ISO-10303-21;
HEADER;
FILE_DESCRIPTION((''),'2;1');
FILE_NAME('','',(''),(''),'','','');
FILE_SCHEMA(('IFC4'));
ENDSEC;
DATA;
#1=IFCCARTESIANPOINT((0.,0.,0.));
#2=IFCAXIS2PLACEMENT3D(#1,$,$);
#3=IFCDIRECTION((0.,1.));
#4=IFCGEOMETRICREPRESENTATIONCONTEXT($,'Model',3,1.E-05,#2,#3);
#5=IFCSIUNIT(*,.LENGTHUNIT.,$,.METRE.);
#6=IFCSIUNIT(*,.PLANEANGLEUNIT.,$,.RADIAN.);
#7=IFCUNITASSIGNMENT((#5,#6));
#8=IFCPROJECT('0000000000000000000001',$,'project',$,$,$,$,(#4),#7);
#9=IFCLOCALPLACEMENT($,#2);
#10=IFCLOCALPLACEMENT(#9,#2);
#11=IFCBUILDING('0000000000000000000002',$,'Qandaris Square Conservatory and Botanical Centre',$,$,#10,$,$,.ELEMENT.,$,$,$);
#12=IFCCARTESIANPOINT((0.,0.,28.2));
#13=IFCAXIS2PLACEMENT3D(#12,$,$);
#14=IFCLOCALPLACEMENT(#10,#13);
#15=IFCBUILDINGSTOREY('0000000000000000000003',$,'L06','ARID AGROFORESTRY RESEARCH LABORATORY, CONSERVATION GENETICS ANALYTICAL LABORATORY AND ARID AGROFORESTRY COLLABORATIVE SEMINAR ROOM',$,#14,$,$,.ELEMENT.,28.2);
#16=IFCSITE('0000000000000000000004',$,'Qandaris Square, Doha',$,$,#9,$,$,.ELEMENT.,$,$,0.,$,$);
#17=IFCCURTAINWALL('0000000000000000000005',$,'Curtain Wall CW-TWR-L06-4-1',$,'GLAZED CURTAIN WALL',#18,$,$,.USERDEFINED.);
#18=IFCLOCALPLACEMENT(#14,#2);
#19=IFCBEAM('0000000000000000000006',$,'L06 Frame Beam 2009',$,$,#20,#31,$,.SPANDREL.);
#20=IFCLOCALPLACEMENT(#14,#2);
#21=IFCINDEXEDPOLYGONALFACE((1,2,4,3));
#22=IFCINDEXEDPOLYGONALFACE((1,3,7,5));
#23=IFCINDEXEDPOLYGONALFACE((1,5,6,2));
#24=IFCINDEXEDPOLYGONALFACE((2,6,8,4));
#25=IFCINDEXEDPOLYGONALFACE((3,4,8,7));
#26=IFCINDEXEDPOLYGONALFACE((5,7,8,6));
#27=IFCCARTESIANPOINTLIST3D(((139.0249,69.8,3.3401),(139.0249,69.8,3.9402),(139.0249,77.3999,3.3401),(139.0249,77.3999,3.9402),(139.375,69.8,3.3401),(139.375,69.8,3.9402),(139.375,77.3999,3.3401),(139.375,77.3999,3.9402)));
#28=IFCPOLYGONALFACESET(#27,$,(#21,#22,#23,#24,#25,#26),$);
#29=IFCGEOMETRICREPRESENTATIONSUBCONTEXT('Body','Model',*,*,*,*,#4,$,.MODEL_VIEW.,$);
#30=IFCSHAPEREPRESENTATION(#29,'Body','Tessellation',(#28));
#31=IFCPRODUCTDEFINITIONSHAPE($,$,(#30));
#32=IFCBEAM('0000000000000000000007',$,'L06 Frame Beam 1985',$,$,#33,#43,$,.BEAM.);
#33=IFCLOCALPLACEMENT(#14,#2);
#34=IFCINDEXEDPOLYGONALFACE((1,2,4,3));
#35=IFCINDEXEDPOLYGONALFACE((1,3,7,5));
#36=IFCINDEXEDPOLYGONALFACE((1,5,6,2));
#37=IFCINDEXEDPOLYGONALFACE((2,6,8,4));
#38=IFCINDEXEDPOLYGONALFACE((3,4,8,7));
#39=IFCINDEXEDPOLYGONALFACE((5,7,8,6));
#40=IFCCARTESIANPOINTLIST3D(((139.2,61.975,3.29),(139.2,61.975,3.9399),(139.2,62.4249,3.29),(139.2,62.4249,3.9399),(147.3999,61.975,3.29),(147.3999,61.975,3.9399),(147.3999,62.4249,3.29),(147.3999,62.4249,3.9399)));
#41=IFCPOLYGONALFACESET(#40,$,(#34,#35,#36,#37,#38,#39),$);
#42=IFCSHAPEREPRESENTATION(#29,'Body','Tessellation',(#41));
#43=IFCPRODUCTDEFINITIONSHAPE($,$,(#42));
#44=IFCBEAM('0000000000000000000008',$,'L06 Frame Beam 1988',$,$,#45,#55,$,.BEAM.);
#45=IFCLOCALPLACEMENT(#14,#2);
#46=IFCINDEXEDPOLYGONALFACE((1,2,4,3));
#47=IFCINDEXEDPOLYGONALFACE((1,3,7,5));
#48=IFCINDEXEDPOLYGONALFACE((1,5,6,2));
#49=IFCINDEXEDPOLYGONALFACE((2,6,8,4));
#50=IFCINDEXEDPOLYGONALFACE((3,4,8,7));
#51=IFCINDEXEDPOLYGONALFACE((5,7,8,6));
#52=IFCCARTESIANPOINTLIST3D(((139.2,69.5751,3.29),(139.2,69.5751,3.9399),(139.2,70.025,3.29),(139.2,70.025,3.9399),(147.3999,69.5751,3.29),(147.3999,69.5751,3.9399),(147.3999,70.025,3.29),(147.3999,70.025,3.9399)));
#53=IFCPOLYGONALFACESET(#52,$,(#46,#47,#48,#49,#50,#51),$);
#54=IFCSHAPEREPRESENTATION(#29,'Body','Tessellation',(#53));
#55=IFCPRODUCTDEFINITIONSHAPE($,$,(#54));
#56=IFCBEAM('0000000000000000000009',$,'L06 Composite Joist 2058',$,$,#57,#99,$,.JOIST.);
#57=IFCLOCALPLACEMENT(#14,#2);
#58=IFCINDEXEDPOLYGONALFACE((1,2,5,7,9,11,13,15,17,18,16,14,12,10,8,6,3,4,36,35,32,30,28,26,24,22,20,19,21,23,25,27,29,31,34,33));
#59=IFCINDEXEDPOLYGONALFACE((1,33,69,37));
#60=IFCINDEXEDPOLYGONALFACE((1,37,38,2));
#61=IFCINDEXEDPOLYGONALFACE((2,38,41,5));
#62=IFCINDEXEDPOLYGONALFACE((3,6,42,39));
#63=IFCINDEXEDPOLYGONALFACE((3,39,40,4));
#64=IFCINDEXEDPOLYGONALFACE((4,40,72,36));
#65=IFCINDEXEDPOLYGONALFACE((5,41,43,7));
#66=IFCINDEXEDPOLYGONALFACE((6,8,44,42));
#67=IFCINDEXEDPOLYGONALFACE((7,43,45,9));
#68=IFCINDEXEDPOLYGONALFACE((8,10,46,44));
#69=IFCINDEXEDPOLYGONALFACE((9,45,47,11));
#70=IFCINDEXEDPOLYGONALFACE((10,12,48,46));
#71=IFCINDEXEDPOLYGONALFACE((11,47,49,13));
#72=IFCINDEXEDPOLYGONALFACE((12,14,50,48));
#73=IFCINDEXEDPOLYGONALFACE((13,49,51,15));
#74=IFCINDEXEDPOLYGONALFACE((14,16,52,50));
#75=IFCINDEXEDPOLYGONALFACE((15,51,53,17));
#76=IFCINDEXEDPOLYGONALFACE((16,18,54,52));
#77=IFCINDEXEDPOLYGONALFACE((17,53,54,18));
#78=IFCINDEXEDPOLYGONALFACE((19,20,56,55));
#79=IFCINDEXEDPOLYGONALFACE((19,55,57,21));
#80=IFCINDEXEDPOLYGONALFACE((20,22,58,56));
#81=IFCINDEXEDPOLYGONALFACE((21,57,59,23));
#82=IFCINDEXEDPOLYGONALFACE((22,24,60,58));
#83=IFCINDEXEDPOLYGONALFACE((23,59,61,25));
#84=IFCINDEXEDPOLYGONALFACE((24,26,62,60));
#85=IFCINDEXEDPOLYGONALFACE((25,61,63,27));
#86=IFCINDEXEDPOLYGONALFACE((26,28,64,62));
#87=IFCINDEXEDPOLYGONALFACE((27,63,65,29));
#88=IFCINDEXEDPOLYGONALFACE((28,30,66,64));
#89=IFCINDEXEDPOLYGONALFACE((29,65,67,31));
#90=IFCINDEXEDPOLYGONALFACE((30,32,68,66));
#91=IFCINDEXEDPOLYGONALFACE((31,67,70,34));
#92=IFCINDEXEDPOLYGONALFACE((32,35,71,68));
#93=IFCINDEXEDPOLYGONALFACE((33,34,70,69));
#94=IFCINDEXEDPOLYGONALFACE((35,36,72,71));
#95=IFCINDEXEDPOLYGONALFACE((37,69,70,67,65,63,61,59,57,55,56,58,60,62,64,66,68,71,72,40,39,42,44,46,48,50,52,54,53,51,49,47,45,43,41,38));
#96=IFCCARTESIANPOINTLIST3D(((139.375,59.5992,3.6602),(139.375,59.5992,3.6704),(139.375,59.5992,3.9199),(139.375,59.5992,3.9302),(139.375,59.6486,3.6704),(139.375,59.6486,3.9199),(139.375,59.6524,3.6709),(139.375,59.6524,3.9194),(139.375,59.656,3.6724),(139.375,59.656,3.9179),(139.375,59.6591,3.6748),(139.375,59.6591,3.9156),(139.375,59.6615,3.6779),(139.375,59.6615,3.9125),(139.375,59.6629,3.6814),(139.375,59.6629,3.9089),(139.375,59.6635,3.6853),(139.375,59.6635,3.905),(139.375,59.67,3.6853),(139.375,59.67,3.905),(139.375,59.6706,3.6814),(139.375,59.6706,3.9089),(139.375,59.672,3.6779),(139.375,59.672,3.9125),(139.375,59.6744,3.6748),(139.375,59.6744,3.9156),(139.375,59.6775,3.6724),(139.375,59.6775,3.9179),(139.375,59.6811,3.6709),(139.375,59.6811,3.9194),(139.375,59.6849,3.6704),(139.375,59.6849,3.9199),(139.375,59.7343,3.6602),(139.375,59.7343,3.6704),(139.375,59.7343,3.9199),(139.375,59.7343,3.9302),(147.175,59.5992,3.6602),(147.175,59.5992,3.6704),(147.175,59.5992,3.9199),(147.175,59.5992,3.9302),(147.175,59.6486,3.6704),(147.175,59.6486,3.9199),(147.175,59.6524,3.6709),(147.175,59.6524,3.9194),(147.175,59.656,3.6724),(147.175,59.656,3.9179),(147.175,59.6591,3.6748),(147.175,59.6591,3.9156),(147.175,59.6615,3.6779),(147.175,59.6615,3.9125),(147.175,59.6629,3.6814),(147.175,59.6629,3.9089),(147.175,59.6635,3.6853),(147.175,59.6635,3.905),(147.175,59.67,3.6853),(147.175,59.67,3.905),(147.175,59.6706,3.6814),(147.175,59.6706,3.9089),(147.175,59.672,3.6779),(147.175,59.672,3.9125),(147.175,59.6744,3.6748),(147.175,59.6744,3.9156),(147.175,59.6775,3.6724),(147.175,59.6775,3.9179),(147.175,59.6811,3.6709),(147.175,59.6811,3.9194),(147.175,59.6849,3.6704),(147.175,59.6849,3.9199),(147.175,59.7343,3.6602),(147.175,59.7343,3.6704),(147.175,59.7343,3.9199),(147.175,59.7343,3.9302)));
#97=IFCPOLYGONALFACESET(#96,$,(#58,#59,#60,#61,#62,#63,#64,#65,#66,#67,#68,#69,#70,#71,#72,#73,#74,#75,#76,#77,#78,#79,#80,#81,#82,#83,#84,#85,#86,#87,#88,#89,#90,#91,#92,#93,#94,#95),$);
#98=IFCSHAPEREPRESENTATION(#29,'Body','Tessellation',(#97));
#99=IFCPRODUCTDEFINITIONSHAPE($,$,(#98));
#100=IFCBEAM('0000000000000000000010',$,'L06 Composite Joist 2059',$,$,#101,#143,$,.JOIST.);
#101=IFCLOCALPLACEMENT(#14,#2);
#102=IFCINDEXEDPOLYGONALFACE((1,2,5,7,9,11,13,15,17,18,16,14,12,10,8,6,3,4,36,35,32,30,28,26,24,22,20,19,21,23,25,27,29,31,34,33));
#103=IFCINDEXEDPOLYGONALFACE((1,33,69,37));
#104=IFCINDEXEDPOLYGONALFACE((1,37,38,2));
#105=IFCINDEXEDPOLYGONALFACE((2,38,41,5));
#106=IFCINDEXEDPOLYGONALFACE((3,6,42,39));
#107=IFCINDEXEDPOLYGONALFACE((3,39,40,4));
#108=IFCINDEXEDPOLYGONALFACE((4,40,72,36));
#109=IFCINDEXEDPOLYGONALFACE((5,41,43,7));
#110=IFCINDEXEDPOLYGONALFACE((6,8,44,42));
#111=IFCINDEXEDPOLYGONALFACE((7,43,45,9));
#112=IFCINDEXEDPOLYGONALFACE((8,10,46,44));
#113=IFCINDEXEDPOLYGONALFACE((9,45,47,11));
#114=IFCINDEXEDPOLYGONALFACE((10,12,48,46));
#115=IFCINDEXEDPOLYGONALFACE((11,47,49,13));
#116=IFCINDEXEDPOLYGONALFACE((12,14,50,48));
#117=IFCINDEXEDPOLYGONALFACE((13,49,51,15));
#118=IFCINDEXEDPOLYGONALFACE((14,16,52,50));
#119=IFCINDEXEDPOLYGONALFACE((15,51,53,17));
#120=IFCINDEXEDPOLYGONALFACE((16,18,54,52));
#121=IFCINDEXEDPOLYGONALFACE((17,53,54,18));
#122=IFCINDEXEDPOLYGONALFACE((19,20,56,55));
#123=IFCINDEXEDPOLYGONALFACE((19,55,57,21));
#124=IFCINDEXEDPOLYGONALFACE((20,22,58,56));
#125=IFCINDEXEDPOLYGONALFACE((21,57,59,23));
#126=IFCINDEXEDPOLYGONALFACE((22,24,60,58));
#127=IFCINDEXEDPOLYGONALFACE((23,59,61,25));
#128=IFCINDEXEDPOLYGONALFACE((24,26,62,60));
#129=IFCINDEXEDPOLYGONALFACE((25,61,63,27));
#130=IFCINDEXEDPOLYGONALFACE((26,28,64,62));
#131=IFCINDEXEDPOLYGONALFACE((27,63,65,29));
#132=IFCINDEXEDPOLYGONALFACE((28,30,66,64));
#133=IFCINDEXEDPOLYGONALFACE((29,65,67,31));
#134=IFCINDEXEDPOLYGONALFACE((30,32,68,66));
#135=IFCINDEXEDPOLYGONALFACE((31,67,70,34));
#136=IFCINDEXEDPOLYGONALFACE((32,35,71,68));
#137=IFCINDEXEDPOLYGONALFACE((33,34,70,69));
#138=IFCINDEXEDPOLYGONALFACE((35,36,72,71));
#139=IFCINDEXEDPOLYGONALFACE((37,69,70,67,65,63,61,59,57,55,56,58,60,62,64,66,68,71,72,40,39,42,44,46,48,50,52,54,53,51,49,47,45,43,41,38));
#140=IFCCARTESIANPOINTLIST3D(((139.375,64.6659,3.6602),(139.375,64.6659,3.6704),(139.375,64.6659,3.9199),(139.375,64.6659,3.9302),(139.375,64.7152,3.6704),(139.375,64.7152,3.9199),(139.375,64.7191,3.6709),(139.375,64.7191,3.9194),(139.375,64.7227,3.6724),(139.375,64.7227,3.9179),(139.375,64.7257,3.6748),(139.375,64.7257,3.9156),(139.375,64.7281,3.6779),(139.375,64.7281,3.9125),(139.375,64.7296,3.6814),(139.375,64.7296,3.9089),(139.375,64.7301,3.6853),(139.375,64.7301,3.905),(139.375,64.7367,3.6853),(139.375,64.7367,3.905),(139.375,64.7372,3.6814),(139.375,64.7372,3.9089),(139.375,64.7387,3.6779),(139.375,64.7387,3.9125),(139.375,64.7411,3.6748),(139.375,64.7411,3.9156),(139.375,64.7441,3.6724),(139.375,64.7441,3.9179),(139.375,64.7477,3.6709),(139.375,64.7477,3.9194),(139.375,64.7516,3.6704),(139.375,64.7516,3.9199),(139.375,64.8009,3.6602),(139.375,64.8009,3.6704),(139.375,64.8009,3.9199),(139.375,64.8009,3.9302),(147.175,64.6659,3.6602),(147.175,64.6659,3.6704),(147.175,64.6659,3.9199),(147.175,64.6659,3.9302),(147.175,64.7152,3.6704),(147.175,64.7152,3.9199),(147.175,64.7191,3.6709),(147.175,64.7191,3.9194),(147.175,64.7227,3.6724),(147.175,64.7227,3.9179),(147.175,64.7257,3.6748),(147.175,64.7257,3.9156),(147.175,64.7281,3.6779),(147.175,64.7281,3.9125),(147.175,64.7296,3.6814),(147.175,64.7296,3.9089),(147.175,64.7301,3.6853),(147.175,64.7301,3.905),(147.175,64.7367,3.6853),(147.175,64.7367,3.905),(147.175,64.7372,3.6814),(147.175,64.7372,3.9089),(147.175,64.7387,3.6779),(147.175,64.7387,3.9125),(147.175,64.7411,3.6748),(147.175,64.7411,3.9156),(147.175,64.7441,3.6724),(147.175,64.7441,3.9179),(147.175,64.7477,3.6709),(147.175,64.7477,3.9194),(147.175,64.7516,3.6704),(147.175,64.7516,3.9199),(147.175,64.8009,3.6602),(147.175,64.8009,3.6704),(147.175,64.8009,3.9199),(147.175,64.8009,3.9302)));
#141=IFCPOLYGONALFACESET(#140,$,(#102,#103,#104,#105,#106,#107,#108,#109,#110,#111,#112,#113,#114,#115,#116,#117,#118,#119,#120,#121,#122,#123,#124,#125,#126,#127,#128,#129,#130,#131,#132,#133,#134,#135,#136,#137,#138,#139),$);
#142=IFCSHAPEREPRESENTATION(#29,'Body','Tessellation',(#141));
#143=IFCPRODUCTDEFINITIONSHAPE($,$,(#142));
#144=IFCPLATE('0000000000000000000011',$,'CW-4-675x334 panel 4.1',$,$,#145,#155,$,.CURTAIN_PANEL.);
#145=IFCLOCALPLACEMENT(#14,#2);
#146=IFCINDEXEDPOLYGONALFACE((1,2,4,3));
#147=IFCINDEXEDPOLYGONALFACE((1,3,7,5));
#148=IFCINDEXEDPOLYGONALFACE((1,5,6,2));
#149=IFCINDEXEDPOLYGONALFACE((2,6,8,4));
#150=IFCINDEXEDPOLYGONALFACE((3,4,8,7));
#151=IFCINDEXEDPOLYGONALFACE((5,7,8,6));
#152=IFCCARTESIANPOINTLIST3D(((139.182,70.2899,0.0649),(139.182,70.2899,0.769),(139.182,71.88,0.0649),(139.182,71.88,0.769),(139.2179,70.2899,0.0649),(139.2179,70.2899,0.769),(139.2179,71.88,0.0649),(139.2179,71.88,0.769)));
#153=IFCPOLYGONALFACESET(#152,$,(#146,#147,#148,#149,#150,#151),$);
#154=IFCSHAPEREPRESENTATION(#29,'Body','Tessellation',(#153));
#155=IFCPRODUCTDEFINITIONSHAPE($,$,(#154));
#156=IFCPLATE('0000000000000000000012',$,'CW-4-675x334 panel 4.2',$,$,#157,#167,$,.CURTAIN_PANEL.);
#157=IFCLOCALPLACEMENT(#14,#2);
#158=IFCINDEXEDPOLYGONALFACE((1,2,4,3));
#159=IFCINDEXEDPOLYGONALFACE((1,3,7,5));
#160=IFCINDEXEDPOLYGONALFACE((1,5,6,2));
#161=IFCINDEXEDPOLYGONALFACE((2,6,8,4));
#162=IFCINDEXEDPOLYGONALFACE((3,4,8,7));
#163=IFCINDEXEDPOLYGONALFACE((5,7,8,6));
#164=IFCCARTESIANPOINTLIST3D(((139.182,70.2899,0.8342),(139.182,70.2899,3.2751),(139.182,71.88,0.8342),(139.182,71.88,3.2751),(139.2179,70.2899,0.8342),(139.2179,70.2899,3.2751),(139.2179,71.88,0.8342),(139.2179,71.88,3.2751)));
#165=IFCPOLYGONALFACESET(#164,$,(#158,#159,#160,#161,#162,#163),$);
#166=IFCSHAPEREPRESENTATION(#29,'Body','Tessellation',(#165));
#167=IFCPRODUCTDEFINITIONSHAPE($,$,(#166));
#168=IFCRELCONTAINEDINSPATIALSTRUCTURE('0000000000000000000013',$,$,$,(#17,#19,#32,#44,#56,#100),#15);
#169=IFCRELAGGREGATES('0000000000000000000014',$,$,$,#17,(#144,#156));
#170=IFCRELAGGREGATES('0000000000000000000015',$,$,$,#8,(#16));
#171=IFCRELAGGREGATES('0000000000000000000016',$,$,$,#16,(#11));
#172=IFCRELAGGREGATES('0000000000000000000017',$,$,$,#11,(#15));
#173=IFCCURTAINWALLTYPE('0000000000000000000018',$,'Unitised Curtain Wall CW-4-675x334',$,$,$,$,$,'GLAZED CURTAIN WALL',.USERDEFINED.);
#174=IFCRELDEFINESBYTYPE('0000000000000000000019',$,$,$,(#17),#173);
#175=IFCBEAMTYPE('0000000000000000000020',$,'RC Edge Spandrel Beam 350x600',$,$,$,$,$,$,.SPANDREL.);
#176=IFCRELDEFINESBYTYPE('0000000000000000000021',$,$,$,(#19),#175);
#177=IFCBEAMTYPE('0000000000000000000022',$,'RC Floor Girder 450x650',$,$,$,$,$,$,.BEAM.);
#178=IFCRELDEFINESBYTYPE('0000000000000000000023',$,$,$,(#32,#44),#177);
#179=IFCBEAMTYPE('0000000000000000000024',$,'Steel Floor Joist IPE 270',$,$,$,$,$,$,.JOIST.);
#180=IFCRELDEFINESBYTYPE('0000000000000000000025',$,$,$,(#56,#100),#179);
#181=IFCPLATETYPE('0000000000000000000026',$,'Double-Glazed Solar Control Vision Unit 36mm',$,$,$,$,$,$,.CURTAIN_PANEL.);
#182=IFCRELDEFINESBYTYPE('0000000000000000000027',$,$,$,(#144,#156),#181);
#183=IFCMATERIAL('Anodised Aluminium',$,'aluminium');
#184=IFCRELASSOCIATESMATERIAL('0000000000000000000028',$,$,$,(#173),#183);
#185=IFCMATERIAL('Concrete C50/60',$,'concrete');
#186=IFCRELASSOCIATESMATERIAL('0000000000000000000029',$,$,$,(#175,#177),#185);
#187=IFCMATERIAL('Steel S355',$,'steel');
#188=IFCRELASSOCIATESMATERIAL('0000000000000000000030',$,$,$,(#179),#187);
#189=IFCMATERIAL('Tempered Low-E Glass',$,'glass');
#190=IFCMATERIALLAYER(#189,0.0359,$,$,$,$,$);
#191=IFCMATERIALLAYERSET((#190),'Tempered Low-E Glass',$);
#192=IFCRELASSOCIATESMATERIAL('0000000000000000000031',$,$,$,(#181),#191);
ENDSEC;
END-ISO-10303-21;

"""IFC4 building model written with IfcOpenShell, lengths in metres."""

from ifc_helpers import new_model, si_unit, direction, frame, origin, origin_2d, place, context, subcontext, project, spatial, rectangle, i_section, extrude, material, layer, layer_set, material_profile, profile_set, type_object, element, aggregate, save


model = new_model("IFC4")

# Units and contexts
model_context = context("Model", 3, precision=1e-05, world=origin(), true_north=direction((0.0, 1.0)))
body_context = subcontext(model_context, "Body", "Model", "MODEL_VIEW")
ifc_project = project(units=[si_unit("LENGTHUNIT", "METRE"), si_unit("PLANEANGLEUNIT", "RADIAN")], contexts=[model_context])

# Site, building, storey
site_placement = place(None, origin())
site = spatial("IfcSite", under=ifc_project, at=site_placement, Name="Qandaris Square, Doha", CompositionType="ELEMENT", RefElevation=0.0)
building_placement = place(site_placement, origin())
building = spatial("IfcBuilding", under=site, at=building_placement, Name="Qandaris Square Conservatory and Botanical Centre", CompositionType="ELEMENT")
storey_placement = place(building_placement, frame((0.0, 0.0, 28.2)))
storey = spatial("IfcBuildingStorey", under=building, at=storey_placement, Name="L06", Description="ARID AGROFORESTRY RESEARCH LABORATORY, CONSERVATION GENETICS ANALYTICAL LABORATORY AND ARID AGROFORESTRY COLLABORATIVE SEMINAR ROOM", CompositionType="ELEMENT", Elevation=28.2)

# Shared definitions
ifc_material_1 = material(Name="Concrete C50/60", Category="concrete")

# Shared definitions
ifc_material_2 = material(Name="Steel S355", Category="steel")

# Curtain wall
ifc_material_3 = material(Name="Anodised Aluminium", Category="aluminium")
curtain_wall_type = type_object("IfcCurtainWallType", Name="Unitised Curtain Wall CW-4-675x334", ElementType="GLAZED CURTAIN WALL", PredefinedType="USERDEFINED", material=ifc_material_3)
curtain_wall_placement = place(storey_placement, origin())
curtain_wall = element("IfcCurtainWall", 1, at=curtain_wall_placement, inside=storey, type_object=curtain_wall_type, Name="Curtain Wall CW-TWR-L06-4-1", ObjectType="GLAZED CURTAIN WALL", PredefinedType="USERDEFINED")

# Beams
ifc_material_profile_1 = material_profile(ifc_material_1, rectangle(XDim=0.3501, YDim=0.6001, at=origin_2d()), Name="RC-SP 350x600")
ifc_profile_set_1 = profile_set([ifc_material_profile_1], Name="Concrete C50/60")
beam_type_1 = type_object("IfcBeamType", Name="RC Edge Spandrel Beam 350x600", PredefinedType="SPANDREL", material=ifc_profile_set_1)
beam_1_placement = place(storey_placement, frame((139.2, 69.8, 3.6401), z_axis=(0.0, 1.0, 0.0), x_axis=(-1.0, 0.0, 0.0)))
element("IfcBeam", 2, at=beam_1_placement, inside=storey, type_object=beam_type_1, Name="L06 Frame Beam 2009", PredefinedType="SPANDREL", context=body_context, shape_type="SweptSolid", body=[
    extrude(rectangle(XDim=0.3501, YDim=0.6001, at=origin_2d()), origin(), (0.0, 0.0, 1.0), 7.5999),
])
ifc_material_profile_2 = material_profile(ifc_material_1, rectangle(XDim=0.45, YDim=0.6499, at=origin_2d()), Name="RC-BM 450x650")
ifc_profile_set_2 = profile_set([ifc_material_profile_2], Name="Concrete C50/60")
beam_type_2 = type_object("IfcBeamType", Name="RC Floor Girder 450x650", PredefinedType="BEAM", material=ifc_profile_set_2)
for number, where, z_axis, x_axis, name in (
    (3, (139.2, 62.2, 3.615), (1.0, 0.0, 0.0), (0.0, 1.0, 0.0), "L06 Frame Beam 1985"),
    (4, (139.2, 69.8, 3.615), (1.0, 0.0, 0.0), (0.0, 1.0, 0.0), "L06 Frame Beam 1988"),
):
    element("IfcBeam", number, at=place(storey_placement, frame(where, z_axis=z_axis, x_axis=x_axis)), inside=storey, type_object=beam_type_2, Name=name, PredefinedType="BEAM", context=body_context, shape_type="SweptSolid", body=[
        extrude(rectangle(XDim=0.45, YDim=0.6499, at=origin_2d()), origin(), (0.0, 0.0, 1.0), 8.2),
    ])
ifc_material_profile_3 = material_profile(ifc_material_2, i_section(OverallWidth=0.135, OverallDepth=0.27, WebThickness=0.0066, FlangeThickness=0.0103, FilletRadius=0.0149, at=origin_2d()), Name="IPE 270")
ifc_profile_set_3 = profile_set([ifc_material_profile_3], Name="Steel S355")
beam_type_3 = type_object("IfcBeamType", Name="Steel Floor Joist IPE 270", PredefinedType="JOIST", material=ifc_profile_set_3)
for number, where, z_axis, x_axis, name in (
    (5, (139.375, 59.6667, 3.7952), (1.0, 0.0, 0.0), (0.0, 1.0, 0.0), "L06 Composite Joist 2058"),
    (6, (139.375, 64.7334, 3.7952), (1.0, 0.0, 0.0), (0.0, 1.0, 0.0), "L06 Composite Joist 2059"),
):
    element("IfcBeam", number, at=place(storey_placement, frame(where, z_axis=z_axis, x_axis=x_axis)), inside=storey, type_object=beam_type_3, Name=name, PredefinedType="JOIST", context=body_context, shape_type="SweptSolid", body=[
        extrude(i_section(OverallWidth=0.135, OverallDepth=0.27, WebThickness=0.0066, FlangeThickness=0.0103, FilletRadius=0.0149, at=origin_2d()), origin(), (0.0, 0.0, 1.0), 7.8),
    ])

# Plates
ifc_material_4 = material(Name="Tempered Low-E Glass", Category="glass")
ifc_layer_1 = layer(ifc_material_4, 0.0359)
ifc_layer_set_1 = layer_set([ifc_layer_1], Name="Tempered Low-E Glass")
plate_type = type_object("IfcPlateType", Name="Double-Glazed Solar Control Vision Unit 36mm", PredefinedType="CURTAIN_PANEL", material=ifc_layer_set_1)
plate_1_placement = place(storey_placement, frame((139.2, 71.085, 0.0649), z_axis=(0.0, 0.0, 1.0), x_axis=(0.0, -1.0, 0.0)))
plate_1 = element("IfcPlate", 7, at=plate_1_placement, type_object=plate_type, Name="CW-4-675x334 panel 4.1", PredefinedType="CURTAIN_PANEL", context=body_context, shape_type="SweptSolid", body=[
    extrude(rectangle(XDim=1.5901, YDim=0.0359, at=origin_2d()), origin(), (0.0, 0.0, 1.0), 0.7041),
])
plate_2_placement = place(storey_placement, frame((139.2, 71.085, 0.8342), z_axis=(0.0, 0.0, 1.0), x_axis=(0.0, -1.0, 0.0)))
plate_2 = element("IfcPlate", 8, at=plate_2_placement, type_object=plate_type, Name="CW-4-675x334 panel 4.2", PredefinedType="CURTAIN_PANEL", context=body_context, shape_type="SweptSolid", body=[
    extrude(rectangle(XDim=1.5901, YDim=0.0359, at=origin_2d()), origin(), (0.0, 0.0, 1.0), 2.4409),
])
aggregate(curtain_wall, [plate_1, plate_2])

save(model, "model.ifc")
